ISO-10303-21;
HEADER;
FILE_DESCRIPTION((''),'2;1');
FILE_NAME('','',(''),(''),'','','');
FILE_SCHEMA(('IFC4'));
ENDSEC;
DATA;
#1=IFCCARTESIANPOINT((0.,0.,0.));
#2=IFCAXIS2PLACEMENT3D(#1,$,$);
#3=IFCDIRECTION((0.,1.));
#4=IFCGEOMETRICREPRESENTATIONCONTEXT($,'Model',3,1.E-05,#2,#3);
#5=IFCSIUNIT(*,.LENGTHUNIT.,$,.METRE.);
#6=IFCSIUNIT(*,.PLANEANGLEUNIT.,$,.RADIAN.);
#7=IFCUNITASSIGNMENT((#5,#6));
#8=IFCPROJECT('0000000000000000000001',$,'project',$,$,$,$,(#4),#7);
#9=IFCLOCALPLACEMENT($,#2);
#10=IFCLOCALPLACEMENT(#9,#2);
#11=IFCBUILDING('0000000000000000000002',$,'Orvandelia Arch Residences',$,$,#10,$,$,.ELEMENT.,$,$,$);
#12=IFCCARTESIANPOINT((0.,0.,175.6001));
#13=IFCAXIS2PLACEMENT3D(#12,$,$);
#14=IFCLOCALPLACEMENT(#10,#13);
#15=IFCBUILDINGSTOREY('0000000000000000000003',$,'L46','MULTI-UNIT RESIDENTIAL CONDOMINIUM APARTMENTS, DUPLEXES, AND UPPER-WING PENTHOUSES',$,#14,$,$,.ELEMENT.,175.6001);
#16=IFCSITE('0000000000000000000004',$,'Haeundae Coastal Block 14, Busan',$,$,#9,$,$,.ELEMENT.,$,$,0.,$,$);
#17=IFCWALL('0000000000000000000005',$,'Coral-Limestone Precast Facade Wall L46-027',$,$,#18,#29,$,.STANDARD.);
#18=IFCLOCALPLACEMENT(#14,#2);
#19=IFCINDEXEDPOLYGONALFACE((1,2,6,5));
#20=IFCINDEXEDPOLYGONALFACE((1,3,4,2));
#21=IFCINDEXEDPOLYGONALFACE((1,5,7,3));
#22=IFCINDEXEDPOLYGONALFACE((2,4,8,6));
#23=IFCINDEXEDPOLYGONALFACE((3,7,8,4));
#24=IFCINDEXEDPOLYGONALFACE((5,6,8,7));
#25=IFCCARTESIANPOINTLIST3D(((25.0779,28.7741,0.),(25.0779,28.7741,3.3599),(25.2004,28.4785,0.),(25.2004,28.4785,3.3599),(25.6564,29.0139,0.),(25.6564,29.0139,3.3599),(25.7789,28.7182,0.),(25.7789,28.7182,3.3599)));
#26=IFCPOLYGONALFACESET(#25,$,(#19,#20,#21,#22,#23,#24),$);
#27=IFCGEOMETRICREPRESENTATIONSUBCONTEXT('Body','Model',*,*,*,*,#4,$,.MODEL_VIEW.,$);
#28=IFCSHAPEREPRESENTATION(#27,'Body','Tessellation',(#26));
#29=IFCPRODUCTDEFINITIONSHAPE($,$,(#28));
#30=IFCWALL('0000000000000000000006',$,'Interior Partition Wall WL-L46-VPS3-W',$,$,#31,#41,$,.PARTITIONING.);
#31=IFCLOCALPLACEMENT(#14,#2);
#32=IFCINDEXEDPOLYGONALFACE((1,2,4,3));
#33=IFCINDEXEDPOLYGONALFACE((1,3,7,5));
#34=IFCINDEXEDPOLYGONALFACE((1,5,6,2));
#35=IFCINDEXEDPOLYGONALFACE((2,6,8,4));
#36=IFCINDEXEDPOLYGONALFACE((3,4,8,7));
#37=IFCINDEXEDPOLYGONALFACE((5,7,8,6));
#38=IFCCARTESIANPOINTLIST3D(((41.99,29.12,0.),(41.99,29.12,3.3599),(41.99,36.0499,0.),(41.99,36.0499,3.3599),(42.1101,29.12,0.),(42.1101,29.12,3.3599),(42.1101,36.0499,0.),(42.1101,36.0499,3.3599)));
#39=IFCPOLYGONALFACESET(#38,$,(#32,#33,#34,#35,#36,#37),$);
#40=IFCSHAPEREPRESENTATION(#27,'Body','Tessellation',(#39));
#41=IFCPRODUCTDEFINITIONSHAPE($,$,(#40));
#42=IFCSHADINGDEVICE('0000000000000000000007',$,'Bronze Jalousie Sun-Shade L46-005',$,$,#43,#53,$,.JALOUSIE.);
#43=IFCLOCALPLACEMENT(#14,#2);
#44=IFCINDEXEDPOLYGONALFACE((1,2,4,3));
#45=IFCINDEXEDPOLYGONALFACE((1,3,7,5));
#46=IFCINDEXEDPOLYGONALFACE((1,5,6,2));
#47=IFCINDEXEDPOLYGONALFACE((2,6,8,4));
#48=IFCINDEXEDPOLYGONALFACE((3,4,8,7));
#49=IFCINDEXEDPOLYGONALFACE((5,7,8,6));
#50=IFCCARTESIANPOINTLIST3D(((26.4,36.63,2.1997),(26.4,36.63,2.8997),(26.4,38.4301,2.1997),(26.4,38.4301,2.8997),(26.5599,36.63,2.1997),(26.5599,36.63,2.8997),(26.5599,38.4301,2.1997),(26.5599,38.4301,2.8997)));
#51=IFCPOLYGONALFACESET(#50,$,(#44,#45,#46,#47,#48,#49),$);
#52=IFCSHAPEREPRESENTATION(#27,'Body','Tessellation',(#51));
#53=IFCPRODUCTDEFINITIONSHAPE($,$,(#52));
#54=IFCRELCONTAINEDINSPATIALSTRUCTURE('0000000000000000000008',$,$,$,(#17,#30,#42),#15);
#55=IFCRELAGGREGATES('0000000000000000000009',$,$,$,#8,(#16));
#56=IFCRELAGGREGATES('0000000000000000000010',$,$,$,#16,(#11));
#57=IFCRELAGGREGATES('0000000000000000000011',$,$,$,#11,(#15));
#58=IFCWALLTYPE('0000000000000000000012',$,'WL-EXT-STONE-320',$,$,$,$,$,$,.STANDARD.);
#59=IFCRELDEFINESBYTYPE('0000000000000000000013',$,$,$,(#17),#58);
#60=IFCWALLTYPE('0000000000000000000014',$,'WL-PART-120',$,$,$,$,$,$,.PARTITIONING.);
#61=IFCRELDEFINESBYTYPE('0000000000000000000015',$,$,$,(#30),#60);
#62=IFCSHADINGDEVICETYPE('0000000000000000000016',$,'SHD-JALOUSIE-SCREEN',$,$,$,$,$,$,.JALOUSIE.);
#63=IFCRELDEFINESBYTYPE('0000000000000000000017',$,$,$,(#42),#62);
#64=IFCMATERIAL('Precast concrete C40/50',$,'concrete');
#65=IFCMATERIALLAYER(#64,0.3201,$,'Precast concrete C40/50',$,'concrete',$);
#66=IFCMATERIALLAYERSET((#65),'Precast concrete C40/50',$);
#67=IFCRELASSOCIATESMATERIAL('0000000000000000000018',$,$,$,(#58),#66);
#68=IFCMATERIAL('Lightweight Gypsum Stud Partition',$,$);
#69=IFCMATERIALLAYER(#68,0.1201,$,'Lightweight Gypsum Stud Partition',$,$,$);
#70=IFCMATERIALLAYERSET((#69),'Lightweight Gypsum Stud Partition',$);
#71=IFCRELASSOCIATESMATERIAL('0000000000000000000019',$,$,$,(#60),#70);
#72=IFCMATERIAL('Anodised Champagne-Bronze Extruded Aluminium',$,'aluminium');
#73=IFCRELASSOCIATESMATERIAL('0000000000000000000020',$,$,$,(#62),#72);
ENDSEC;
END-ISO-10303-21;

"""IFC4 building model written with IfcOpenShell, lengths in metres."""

from ifc_helpers import new_model, si_unit, direction, frame, frame_2d, origin, origin_2d, place, context, subcontext, project, spatial, rectangle, extrude, material, layer, layer_set, type_object, element, save


model = new_model("IFC4")

# Units and contexts
model_context = context("Model", 3, precision=1e-05, world=origin(), true_north=direction((0.0, 1.0)))
body_context = subcontext(model_context, "Body", "Model", "MODEL_VIEW")
ifc_project = project(units=[si_unit("LENGTHUNIT", "METRE"), si_unit("PLANEANGLEUNIT", "RADIAN")], contexts=[model_context])

# Site, building, storey
site_placement = place(None, origin())
site = spatial("IfcSite", under=ifc_project, at=site_placement, Name="Haeundae Coastal Block 14, Busan", CompositionType="ELEMENT", RefElevation=0.0)
building_placement = place(site_placement, origin())
building = spatial("IfcBuilding", under=site, at=building_placement, Name="Orvandelia Arch Residences", CompositionType="ELEMENT")
storey_placement = place(building_placement, frame((0.0, 0.0, 175.6001)))
storey = spatial("IfcBuildingStorey", under=building, at=storey_placement, Name="L46", Description="MULTI-UNIT RESIDENTIAL CONDOMINIUM APARTMENTS, DUPLEXES, AND UPPER-WING PENTHOUSES", CompositionType="ELEMENT", Elevation=175.6001)

# Shared definitions
ifc_material_1 = material(Name="Precast concrete C40/50", Category="concrete")
ifc_layer_1 = layer(ifc_material_1, 0.3201, Name="Precast concrete C40/50", Category="concrete")
ifc_layer_set_1 = layer_set([ifc_layer_1], Name="Precast concrete C40/50")
wall_type_1 = type_object("IfcWallType", Name="WL-EXT-STONE-320", PredefinedType="STANDARD", material=ifc_layer_set_1)

# Wall
wall_1_placement = place(storey_placement, frame((25.7175, 28.866, 0.0), z_axis=(0.0, 0.0, 1.0), x_axis=(-0.923836, -0.382788, 0.0)))
element("IfcWall", 1, at=wall_1_placement, inside=storey, type_object=wall_type_1, Name="Coral-Limestone Precast Facade Wall L46-027", PredefinedType="STANDARD", context=body_context, shape_type="SweptSolid", body=[
    extrude(rectangle(XDim=0.6262, YDim=0.3201, at=frame_2d((0.313, 0.0))), origin(), (0.0, 0.0, 1.0), 3.3599),
])

# Shared definitions
ifc_material_2 = material(Name="Lightweight Gypsum Stud Partition")
ifc_layer_2 = layer(ifc_material_2, 0.1201, Name="Lightweight Gypsum Stud Partition")
ifc_layer_set_2 = layer_set([ifc_layer_2], Name="Lightweight Gypsum Stud Partition")
wall_type_2 = type_object("IfcWallType", Name="WL-PART-120", PredefinedType="PARTITIONING", material=ifc_layer_set_2)

# Wall
wall_2_placement = place(storey_placement, frame((42.05, 29.1201, 0.0), z_axis=(0.0, 0.0, 1.0), x_axis=(0.0, 1.0, 0.0)))
element("IfcWall", 2, at=wall_2_placement, inside=storey, type_object=wall_type_2, Name="Interior Partition Wall WL-L46-VPS3-W", PredefinedType="PARTITIONING", context=body_context, shape_type="SweptSolid", body=[
    extrude(rectangle(XDim=6.9299, YDim=0.1201, at=frame_2d((3.4648, 0.0))), origin(), (0.0, 0.0, 1.0), 3.3599),
])

# Shading device
ifc_material_3 = material(Name="Anodised Champagne-Bronze Extruded Aluminium", Category="aluminium")
shading_device_type = type_object("IfcShadingDeviceType", Name="SHD-JALOUSIE-SCREEN", PredefinedType="JALOUSIE", material=ifc_material_3)
shading_device_placement = place(storey_placement, frame((26.48, 37.53, 2.1997), z_axis=(0.0, 0.0, 1.0), x_axis=(0.0, -1.0, 0.0)))
element("IfcShadingDevice", 3, at=shading_device_placement, inside=storey, type_object=shading_device_type, Name="Bronze Jalousie Sun-Shade L46-005", PredefinedType="JALOUSIE", context=body_context, shape_type="SweptSolid", body=[
    extrude(rectangle(XDim=1.8, YDim=0.1599, at=origin_2d()), origin(), (0.0, 0.0, 1.0), 0.7),
])

save(model, "model.ifc")
